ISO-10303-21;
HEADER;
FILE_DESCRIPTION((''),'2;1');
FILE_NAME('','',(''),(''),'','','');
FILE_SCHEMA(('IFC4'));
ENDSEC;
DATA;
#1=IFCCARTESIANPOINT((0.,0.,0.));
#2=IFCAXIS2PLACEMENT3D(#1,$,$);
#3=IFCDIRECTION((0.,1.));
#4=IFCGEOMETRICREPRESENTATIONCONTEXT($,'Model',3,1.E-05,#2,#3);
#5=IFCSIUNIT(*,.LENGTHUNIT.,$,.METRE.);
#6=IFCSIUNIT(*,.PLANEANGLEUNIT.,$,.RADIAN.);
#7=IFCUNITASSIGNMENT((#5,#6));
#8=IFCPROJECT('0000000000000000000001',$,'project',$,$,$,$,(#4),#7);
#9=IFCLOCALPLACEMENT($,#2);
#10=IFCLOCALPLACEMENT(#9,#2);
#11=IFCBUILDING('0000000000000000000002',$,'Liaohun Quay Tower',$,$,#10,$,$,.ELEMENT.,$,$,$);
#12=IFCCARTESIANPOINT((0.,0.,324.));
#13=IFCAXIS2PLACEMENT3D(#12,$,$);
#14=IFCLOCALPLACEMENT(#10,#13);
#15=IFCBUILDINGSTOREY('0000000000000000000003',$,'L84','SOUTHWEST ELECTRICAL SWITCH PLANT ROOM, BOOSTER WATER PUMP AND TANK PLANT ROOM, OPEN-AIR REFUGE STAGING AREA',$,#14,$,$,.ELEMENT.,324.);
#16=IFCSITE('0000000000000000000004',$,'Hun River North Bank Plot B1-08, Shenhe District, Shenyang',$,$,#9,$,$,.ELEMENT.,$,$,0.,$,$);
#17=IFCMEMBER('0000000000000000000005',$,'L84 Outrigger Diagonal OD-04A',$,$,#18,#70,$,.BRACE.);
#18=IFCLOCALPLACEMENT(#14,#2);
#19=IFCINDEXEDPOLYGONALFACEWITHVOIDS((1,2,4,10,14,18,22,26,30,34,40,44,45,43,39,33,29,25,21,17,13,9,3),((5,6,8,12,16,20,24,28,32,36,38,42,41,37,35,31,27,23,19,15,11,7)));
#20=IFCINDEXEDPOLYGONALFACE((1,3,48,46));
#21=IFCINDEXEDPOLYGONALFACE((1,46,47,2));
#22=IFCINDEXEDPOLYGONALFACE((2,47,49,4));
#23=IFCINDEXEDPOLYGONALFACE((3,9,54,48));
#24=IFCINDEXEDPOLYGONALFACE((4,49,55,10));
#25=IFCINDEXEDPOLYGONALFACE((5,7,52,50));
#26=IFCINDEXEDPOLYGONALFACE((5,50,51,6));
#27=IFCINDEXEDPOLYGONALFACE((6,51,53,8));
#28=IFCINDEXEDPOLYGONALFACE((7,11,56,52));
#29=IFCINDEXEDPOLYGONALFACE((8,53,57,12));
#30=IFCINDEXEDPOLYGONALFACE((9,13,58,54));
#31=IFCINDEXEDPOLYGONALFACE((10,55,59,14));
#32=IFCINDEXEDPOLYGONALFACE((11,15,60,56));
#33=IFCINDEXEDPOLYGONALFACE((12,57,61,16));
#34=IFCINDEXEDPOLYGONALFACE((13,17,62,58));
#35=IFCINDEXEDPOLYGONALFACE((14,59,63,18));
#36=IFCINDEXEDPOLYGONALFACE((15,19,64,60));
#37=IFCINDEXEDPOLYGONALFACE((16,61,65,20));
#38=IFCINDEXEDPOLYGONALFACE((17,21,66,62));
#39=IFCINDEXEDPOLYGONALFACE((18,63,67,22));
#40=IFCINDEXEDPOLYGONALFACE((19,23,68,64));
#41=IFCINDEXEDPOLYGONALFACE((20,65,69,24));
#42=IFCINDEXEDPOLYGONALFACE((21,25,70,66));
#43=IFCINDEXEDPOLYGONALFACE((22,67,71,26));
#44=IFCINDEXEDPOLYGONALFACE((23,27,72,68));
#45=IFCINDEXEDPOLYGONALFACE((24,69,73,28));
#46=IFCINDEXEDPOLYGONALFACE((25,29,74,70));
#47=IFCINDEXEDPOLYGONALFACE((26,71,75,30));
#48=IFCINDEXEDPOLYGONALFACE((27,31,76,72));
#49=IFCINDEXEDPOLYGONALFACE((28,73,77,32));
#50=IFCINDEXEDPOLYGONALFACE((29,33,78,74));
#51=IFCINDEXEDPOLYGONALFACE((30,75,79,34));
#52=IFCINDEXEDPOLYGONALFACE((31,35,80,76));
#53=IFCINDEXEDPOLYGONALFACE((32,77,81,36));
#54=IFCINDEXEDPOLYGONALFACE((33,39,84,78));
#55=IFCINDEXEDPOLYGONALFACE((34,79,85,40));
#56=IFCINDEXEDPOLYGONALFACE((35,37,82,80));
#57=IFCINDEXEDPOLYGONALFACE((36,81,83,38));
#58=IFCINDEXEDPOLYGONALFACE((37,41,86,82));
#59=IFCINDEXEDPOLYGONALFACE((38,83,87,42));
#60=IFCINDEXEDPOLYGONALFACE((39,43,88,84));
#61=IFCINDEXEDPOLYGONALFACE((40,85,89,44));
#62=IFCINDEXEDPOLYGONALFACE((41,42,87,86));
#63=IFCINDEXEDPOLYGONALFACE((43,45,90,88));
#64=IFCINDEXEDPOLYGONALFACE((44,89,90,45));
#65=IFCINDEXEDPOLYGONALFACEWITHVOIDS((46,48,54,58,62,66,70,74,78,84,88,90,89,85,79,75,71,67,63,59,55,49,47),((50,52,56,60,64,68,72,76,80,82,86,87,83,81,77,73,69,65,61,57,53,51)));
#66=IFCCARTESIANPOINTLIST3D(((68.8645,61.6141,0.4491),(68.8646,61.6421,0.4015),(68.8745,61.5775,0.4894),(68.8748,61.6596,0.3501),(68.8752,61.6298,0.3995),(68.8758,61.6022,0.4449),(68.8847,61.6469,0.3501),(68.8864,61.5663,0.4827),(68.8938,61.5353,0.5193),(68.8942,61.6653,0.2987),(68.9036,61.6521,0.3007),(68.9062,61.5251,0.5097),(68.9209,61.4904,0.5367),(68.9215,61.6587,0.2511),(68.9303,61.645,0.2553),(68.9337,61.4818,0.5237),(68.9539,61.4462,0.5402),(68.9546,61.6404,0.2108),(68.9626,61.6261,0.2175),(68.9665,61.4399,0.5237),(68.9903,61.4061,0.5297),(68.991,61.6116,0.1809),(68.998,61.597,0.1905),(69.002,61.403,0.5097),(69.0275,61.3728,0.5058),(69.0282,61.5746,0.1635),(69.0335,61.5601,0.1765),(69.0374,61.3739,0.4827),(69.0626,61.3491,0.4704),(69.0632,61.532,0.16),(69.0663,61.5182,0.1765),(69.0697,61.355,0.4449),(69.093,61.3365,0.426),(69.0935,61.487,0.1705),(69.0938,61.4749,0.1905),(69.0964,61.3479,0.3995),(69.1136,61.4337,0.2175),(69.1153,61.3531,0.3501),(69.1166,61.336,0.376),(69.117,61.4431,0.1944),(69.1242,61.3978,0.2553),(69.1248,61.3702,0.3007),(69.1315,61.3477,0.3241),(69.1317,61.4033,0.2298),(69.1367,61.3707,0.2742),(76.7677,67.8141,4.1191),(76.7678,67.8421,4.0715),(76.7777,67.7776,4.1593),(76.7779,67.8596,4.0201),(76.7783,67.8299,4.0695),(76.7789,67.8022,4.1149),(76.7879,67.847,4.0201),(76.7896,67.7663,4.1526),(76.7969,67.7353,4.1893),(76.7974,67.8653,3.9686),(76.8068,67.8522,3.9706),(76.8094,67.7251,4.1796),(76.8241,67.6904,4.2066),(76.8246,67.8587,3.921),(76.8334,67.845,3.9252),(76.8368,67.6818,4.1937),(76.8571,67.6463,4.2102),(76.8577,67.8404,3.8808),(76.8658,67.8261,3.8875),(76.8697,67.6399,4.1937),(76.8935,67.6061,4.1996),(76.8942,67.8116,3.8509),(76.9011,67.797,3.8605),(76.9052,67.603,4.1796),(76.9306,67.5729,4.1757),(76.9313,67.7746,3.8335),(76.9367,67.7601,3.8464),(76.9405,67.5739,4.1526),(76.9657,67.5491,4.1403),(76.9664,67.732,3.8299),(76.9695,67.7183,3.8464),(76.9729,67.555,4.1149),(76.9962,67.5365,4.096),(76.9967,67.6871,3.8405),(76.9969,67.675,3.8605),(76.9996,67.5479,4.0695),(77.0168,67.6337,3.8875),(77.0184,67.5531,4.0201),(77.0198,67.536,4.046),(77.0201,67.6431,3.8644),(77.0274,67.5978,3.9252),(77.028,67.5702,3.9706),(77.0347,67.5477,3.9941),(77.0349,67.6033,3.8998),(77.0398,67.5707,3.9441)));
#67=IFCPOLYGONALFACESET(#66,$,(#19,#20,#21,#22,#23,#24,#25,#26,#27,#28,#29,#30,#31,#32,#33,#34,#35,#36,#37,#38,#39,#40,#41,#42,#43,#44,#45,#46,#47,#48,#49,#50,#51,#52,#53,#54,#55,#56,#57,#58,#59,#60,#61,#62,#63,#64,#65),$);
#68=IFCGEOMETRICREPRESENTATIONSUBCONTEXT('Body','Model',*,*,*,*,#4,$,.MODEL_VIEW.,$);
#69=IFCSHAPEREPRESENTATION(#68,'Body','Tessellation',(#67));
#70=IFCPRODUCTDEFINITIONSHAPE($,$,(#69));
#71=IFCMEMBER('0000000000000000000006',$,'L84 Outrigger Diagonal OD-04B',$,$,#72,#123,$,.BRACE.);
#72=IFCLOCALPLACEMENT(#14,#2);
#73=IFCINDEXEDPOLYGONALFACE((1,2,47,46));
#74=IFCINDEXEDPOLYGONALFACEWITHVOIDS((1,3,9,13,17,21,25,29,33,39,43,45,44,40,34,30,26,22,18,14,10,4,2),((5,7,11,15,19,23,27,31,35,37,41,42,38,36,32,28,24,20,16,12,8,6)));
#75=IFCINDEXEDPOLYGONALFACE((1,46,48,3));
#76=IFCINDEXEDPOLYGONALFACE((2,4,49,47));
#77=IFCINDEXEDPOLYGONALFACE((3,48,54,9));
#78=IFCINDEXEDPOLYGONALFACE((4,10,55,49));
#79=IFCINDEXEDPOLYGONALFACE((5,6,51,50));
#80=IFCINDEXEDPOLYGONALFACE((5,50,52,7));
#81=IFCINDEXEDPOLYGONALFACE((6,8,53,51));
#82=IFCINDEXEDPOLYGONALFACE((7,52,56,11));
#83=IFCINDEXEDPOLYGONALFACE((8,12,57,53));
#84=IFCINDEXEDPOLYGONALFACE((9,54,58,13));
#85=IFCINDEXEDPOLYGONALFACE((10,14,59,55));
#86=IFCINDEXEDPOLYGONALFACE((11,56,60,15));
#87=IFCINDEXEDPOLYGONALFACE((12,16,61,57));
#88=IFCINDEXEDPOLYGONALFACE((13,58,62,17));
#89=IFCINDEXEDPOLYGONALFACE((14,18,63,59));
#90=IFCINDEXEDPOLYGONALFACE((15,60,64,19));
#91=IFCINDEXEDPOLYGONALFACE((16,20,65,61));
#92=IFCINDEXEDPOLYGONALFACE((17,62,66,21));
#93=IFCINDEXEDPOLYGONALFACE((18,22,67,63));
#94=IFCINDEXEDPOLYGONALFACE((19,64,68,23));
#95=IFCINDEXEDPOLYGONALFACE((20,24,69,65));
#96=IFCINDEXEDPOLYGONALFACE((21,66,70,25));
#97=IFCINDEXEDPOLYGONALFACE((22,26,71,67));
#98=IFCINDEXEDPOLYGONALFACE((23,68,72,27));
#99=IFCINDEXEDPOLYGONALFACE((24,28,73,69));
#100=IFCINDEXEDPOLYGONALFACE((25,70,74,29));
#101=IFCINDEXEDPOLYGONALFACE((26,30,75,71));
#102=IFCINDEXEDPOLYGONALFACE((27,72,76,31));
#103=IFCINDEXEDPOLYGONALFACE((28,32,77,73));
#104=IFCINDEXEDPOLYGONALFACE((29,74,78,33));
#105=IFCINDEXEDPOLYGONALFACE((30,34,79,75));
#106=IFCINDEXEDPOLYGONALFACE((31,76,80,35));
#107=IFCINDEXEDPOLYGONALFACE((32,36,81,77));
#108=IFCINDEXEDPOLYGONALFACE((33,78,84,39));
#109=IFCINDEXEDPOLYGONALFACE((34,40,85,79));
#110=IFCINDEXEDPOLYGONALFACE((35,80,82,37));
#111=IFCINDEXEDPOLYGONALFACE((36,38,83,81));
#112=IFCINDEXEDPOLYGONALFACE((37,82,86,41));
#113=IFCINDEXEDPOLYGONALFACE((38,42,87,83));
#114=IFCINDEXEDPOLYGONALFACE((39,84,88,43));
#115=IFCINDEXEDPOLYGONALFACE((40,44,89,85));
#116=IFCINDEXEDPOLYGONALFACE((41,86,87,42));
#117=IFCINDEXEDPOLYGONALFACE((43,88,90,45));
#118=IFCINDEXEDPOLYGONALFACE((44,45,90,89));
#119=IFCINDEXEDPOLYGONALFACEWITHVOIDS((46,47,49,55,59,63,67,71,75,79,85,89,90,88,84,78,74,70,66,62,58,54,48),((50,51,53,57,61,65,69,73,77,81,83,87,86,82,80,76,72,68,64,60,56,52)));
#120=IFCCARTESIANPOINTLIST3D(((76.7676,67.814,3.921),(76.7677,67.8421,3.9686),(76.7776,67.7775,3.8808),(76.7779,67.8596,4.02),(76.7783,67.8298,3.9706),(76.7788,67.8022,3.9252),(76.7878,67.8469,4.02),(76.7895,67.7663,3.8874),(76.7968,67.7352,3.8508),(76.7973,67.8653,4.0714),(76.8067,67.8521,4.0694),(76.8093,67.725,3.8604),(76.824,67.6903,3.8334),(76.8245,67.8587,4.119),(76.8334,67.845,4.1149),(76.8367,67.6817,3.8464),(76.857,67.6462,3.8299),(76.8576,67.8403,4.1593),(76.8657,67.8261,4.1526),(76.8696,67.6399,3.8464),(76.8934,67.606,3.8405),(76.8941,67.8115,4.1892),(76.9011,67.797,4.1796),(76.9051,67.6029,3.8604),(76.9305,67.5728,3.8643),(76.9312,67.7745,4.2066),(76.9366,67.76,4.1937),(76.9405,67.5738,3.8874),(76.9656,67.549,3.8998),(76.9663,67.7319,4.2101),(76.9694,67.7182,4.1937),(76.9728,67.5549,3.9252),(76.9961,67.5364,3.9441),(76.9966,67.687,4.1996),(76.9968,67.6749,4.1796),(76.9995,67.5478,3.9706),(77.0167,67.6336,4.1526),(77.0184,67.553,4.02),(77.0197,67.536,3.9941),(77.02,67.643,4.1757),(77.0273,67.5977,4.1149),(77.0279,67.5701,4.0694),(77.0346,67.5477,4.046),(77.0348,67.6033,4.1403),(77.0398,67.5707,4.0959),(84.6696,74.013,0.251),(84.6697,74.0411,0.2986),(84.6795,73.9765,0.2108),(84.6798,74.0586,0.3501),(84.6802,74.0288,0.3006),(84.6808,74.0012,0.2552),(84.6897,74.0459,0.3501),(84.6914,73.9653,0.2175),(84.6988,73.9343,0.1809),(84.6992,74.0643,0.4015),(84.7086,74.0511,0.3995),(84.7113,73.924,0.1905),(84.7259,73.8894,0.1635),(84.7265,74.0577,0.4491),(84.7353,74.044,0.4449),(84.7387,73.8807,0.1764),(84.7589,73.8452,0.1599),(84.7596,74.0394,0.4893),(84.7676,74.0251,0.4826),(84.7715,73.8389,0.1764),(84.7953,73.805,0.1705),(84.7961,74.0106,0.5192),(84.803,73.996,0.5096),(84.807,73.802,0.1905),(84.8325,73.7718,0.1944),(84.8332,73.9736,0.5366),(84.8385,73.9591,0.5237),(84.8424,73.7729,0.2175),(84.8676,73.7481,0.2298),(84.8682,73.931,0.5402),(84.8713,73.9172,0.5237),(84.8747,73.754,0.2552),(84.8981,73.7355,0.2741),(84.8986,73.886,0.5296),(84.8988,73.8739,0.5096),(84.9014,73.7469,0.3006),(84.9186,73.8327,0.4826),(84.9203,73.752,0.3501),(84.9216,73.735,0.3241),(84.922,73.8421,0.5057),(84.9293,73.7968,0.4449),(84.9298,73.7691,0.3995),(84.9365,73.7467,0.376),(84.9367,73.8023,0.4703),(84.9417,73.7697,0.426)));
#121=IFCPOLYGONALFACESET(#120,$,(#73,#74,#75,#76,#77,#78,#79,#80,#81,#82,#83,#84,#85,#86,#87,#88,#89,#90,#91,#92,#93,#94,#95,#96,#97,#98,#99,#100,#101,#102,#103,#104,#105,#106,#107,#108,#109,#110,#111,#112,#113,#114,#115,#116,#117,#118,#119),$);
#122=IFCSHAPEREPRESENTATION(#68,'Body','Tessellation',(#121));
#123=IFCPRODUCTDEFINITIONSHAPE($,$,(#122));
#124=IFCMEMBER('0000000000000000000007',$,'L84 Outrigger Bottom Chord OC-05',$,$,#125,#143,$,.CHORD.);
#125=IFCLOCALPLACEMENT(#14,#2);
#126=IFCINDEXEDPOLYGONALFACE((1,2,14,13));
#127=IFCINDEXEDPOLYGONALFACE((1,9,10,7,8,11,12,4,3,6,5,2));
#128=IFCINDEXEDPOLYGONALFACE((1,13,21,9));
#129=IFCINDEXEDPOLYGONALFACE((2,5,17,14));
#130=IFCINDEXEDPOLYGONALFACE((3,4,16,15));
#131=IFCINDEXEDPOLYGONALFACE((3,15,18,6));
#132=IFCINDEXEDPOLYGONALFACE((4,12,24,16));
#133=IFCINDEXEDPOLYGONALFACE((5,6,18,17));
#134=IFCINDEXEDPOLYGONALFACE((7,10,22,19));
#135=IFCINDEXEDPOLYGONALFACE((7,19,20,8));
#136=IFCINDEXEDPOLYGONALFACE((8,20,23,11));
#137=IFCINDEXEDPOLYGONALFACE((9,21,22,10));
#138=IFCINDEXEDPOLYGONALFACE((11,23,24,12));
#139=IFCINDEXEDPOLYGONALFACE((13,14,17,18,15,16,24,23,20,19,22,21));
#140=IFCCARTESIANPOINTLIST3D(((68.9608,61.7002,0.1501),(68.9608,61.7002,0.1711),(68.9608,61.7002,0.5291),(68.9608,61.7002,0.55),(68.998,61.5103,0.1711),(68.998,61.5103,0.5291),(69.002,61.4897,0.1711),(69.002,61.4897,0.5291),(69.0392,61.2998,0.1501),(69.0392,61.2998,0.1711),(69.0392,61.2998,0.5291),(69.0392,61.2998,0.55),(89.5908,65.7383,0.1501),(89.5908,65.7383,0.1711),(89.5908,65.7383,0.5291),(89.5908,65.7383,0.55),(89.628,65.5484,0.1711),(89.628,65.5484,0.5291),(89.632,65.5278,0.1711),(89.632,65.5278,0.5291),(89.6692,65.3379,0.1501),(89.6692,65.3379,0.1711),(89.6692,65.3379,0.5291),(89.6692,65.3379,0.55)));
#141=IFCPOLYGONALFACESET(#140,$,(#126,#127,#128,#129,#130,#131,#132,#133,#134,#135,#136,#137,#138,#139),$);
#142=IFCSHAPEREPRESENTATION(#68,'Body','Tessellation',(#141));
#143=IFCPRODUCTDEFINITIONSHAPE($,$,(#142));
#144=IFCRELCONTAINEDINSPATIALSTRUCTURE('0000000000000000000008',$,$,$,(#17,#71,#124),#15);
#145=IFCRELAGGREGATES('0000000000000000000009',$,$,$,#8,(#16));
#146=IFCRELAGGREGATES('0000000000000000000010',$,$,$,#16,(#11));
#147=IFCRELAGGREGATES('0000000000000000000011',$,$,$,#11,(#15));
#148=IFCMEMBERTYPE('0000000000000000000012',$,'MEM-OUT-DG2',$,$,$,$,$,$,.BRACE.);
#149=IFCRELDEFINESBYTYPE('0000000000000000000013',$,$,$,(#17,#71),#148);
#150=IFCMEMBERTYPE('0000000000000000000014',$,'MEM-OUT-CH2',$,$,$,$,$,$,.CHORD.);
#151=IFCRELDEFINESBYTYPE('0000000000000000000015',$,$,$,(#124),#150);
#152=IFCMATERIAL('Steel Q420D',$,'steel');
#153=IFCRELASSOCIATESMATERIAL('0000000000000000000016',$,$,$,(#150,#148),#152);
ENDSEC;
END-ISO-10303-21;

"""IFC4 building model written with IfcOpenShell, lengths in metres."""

from ifc_helpers import new_model, si_unit, direction, frame, origin, origin_2d, place, context, subcontext, project, spatial, hollow_circle, i_section, extrude, source, transform, mapped, material, material_profile, profile_set, type_object, element, save


model = new_model("IFC4")

# Units and contexts
model_context = context("Model", 3, precision=1e-05, world=origin(), true_north=direction((0.0, 1.0)))
body_context = subcontext(model_context, "Body", "Model", "MODEL_VIEW")
ifc_project = project(units=[si_unit("LENGTHUNIT", "METRE"), si_unit("PLANEANGLEUNIT", "RADIAN")], contexts=[model_context])

# Site, building, storey
site_placement = place(None, origin())
site = spatial("IfcSite", under=ifc_project, at=site_placement, Name="Hun River North Bank Plot B1-08, Shenhe District, Shenyang", CompositionType="ELEMENT", RefElevation=0.0)
building_placement = place(site_placement, origin())
building = spatial("IfcBuilding", under=site, at=building_placement, Name="Liaohun Quay Tower", CompositionType="ELEMENT")
storey_placement = place(building_placement, frame((0.0, 0.0, 324.0)))
storey = spatial("IfcBuildingStorey", under=building, at=storey_placement, Name="L84", Description="SOUTHWEST ELECTRICAL SWITCH PLANT ROOM, BOOSTER WATER PUMP AND TANK PLANT ROOM, OPEN-AIR REFUGE STAGING AREA", CompositionType="ELEMENT", Elevation=324.0)

# Members
ifc_material_1 = material(Name="Steel Q420D", Category="steel")
ifc_material_profile_1 = material_profile(ifc_material_1, i_section(OverallWidth=0.408, OverallDepth=0.3999, WebThickness=0.021, FlangeThickness=0.021, at=origin_2d()), Name="HW400x408x21x21")
ifc_profile_set_1 = profile_set([ifc_material_profile_1], Name="Steel Q420D")
member_type_1 = type_object("IfcMemberType", Name="MEM-OUT-CH2", PredefinedType="CHORD", material=ifc_profile_set_1)
ifc_material_profile_2 = material_profile(ifc_material_1, hollow_circle(Radius=0.2029, WallThickness=0.0161, at=origin_2d()), Name="CHS406x16")
ifc_profile_set_2 = profile_set([ifc_material_profile_2], Name="Steel Q420D")
member_type_2 = type_object("IfcMemberType", Name="MEM-OUT-DG2", PredefinedType="BRACE", material=ifc_profile_set_2)
shared_shape_1 = source(origin(), body_context, "Body", "SweptSolid", [
    extrude(hollow_circle(Radius=0.2029, WallThickness=0.0161, at=origin_2d()), origin(), (0.0, 0.0, 1.0), 10.6943),
])
member_1_placement = place(storey_placement, frame((69.0, 61.5, 0.3501), z_axis=(0.739004, 0.579748, 0.343169), x_axis=(-0.61723, 0.786783, 0.0)))
element("IfcMember", 1, at=member_1_placement, inside=storey, type_object=member_type_2, Name="L84 Outrigger Diagonal OD-04A", PredefinedType="BRACE", context=body_context, shape_type="MappedRepresentation", body=[
    mapped(shared_shape_1, transform((0.0, 0.0, 0.0), x_axis=(1.0, 0.0, 0.0), y_axis=(0.0, 1.0, 0.0), z_axis=(0.0, 0.0, 1.0), scale=1.0)),
])
shared_shape_2 = source(origin(), body_context, "Body", "SweptSolid", [
    extrude(hollow_circle(Radius=0.2029, WallThickness=0.0161, at=origin_2d()), origin(), (0.0, 0.0, 1.0), 10.6929),
])
member_2_placement = place(storey_placement, frame((76.9031, 67.7, 4.02), z_axis=(0.738992, 0.579736, -0.343216), x_axis=(-0.617229, 0.786784, 0.0)))
element("IfcMember", 2, at=member_2_placement, inside=storey, type_object=member_type_2, Name="L84 Outrigger Diagonal OD-04B", PredefinedType="BRACE", context=body_context, shape_type="MappedRepresentation", body=[
    mapped(shared_shape_2, transform((0.0, 0.0, 0.0), x_axis=(1.0, 0.0, 0.0), y_axis=(0.0, 1.0, 0.0), z_axis=(0.0, 0.0, 1.0), scale=1.0)),
])
shared_shape_3 = source(origin(), body_context, "Body", "SweptSolid", [
    extrude(i_section(OverallWidth=0.408, OverallDepth=0.3999, WebThickness=0.021, FlangeThickness=0.021, at=origin_2d()), origin(), (0.0, 0.0, 1.0), 21.0215),
])
member_3_placement = place(storey_placement, frame((69.0, 61.5, 0.3501), z_axis=(0.981376, 0.192094, 0.0), x_axis=(-0.192094, 0.981376, 0.0)))
element("IfcMember", 3, at=member_3_placement, inside=storey, type_object=member_type_1, Name="L84 Outrigger Bottom Chord OC-05", PredefinedType="CHORD", context=body_context, shape_type="MappedRepresentation", body=[
    mapped(shared_shape_3, transform((0.0, 0.0, 0.0), x_axis=(1.0, 0.0, 0.0), y_axis=(0.0, 1.0, 0.0), z_axis=(0.0, 0.0, 1.0), scale=1.0)),
])

save(model, "model.ifc")
